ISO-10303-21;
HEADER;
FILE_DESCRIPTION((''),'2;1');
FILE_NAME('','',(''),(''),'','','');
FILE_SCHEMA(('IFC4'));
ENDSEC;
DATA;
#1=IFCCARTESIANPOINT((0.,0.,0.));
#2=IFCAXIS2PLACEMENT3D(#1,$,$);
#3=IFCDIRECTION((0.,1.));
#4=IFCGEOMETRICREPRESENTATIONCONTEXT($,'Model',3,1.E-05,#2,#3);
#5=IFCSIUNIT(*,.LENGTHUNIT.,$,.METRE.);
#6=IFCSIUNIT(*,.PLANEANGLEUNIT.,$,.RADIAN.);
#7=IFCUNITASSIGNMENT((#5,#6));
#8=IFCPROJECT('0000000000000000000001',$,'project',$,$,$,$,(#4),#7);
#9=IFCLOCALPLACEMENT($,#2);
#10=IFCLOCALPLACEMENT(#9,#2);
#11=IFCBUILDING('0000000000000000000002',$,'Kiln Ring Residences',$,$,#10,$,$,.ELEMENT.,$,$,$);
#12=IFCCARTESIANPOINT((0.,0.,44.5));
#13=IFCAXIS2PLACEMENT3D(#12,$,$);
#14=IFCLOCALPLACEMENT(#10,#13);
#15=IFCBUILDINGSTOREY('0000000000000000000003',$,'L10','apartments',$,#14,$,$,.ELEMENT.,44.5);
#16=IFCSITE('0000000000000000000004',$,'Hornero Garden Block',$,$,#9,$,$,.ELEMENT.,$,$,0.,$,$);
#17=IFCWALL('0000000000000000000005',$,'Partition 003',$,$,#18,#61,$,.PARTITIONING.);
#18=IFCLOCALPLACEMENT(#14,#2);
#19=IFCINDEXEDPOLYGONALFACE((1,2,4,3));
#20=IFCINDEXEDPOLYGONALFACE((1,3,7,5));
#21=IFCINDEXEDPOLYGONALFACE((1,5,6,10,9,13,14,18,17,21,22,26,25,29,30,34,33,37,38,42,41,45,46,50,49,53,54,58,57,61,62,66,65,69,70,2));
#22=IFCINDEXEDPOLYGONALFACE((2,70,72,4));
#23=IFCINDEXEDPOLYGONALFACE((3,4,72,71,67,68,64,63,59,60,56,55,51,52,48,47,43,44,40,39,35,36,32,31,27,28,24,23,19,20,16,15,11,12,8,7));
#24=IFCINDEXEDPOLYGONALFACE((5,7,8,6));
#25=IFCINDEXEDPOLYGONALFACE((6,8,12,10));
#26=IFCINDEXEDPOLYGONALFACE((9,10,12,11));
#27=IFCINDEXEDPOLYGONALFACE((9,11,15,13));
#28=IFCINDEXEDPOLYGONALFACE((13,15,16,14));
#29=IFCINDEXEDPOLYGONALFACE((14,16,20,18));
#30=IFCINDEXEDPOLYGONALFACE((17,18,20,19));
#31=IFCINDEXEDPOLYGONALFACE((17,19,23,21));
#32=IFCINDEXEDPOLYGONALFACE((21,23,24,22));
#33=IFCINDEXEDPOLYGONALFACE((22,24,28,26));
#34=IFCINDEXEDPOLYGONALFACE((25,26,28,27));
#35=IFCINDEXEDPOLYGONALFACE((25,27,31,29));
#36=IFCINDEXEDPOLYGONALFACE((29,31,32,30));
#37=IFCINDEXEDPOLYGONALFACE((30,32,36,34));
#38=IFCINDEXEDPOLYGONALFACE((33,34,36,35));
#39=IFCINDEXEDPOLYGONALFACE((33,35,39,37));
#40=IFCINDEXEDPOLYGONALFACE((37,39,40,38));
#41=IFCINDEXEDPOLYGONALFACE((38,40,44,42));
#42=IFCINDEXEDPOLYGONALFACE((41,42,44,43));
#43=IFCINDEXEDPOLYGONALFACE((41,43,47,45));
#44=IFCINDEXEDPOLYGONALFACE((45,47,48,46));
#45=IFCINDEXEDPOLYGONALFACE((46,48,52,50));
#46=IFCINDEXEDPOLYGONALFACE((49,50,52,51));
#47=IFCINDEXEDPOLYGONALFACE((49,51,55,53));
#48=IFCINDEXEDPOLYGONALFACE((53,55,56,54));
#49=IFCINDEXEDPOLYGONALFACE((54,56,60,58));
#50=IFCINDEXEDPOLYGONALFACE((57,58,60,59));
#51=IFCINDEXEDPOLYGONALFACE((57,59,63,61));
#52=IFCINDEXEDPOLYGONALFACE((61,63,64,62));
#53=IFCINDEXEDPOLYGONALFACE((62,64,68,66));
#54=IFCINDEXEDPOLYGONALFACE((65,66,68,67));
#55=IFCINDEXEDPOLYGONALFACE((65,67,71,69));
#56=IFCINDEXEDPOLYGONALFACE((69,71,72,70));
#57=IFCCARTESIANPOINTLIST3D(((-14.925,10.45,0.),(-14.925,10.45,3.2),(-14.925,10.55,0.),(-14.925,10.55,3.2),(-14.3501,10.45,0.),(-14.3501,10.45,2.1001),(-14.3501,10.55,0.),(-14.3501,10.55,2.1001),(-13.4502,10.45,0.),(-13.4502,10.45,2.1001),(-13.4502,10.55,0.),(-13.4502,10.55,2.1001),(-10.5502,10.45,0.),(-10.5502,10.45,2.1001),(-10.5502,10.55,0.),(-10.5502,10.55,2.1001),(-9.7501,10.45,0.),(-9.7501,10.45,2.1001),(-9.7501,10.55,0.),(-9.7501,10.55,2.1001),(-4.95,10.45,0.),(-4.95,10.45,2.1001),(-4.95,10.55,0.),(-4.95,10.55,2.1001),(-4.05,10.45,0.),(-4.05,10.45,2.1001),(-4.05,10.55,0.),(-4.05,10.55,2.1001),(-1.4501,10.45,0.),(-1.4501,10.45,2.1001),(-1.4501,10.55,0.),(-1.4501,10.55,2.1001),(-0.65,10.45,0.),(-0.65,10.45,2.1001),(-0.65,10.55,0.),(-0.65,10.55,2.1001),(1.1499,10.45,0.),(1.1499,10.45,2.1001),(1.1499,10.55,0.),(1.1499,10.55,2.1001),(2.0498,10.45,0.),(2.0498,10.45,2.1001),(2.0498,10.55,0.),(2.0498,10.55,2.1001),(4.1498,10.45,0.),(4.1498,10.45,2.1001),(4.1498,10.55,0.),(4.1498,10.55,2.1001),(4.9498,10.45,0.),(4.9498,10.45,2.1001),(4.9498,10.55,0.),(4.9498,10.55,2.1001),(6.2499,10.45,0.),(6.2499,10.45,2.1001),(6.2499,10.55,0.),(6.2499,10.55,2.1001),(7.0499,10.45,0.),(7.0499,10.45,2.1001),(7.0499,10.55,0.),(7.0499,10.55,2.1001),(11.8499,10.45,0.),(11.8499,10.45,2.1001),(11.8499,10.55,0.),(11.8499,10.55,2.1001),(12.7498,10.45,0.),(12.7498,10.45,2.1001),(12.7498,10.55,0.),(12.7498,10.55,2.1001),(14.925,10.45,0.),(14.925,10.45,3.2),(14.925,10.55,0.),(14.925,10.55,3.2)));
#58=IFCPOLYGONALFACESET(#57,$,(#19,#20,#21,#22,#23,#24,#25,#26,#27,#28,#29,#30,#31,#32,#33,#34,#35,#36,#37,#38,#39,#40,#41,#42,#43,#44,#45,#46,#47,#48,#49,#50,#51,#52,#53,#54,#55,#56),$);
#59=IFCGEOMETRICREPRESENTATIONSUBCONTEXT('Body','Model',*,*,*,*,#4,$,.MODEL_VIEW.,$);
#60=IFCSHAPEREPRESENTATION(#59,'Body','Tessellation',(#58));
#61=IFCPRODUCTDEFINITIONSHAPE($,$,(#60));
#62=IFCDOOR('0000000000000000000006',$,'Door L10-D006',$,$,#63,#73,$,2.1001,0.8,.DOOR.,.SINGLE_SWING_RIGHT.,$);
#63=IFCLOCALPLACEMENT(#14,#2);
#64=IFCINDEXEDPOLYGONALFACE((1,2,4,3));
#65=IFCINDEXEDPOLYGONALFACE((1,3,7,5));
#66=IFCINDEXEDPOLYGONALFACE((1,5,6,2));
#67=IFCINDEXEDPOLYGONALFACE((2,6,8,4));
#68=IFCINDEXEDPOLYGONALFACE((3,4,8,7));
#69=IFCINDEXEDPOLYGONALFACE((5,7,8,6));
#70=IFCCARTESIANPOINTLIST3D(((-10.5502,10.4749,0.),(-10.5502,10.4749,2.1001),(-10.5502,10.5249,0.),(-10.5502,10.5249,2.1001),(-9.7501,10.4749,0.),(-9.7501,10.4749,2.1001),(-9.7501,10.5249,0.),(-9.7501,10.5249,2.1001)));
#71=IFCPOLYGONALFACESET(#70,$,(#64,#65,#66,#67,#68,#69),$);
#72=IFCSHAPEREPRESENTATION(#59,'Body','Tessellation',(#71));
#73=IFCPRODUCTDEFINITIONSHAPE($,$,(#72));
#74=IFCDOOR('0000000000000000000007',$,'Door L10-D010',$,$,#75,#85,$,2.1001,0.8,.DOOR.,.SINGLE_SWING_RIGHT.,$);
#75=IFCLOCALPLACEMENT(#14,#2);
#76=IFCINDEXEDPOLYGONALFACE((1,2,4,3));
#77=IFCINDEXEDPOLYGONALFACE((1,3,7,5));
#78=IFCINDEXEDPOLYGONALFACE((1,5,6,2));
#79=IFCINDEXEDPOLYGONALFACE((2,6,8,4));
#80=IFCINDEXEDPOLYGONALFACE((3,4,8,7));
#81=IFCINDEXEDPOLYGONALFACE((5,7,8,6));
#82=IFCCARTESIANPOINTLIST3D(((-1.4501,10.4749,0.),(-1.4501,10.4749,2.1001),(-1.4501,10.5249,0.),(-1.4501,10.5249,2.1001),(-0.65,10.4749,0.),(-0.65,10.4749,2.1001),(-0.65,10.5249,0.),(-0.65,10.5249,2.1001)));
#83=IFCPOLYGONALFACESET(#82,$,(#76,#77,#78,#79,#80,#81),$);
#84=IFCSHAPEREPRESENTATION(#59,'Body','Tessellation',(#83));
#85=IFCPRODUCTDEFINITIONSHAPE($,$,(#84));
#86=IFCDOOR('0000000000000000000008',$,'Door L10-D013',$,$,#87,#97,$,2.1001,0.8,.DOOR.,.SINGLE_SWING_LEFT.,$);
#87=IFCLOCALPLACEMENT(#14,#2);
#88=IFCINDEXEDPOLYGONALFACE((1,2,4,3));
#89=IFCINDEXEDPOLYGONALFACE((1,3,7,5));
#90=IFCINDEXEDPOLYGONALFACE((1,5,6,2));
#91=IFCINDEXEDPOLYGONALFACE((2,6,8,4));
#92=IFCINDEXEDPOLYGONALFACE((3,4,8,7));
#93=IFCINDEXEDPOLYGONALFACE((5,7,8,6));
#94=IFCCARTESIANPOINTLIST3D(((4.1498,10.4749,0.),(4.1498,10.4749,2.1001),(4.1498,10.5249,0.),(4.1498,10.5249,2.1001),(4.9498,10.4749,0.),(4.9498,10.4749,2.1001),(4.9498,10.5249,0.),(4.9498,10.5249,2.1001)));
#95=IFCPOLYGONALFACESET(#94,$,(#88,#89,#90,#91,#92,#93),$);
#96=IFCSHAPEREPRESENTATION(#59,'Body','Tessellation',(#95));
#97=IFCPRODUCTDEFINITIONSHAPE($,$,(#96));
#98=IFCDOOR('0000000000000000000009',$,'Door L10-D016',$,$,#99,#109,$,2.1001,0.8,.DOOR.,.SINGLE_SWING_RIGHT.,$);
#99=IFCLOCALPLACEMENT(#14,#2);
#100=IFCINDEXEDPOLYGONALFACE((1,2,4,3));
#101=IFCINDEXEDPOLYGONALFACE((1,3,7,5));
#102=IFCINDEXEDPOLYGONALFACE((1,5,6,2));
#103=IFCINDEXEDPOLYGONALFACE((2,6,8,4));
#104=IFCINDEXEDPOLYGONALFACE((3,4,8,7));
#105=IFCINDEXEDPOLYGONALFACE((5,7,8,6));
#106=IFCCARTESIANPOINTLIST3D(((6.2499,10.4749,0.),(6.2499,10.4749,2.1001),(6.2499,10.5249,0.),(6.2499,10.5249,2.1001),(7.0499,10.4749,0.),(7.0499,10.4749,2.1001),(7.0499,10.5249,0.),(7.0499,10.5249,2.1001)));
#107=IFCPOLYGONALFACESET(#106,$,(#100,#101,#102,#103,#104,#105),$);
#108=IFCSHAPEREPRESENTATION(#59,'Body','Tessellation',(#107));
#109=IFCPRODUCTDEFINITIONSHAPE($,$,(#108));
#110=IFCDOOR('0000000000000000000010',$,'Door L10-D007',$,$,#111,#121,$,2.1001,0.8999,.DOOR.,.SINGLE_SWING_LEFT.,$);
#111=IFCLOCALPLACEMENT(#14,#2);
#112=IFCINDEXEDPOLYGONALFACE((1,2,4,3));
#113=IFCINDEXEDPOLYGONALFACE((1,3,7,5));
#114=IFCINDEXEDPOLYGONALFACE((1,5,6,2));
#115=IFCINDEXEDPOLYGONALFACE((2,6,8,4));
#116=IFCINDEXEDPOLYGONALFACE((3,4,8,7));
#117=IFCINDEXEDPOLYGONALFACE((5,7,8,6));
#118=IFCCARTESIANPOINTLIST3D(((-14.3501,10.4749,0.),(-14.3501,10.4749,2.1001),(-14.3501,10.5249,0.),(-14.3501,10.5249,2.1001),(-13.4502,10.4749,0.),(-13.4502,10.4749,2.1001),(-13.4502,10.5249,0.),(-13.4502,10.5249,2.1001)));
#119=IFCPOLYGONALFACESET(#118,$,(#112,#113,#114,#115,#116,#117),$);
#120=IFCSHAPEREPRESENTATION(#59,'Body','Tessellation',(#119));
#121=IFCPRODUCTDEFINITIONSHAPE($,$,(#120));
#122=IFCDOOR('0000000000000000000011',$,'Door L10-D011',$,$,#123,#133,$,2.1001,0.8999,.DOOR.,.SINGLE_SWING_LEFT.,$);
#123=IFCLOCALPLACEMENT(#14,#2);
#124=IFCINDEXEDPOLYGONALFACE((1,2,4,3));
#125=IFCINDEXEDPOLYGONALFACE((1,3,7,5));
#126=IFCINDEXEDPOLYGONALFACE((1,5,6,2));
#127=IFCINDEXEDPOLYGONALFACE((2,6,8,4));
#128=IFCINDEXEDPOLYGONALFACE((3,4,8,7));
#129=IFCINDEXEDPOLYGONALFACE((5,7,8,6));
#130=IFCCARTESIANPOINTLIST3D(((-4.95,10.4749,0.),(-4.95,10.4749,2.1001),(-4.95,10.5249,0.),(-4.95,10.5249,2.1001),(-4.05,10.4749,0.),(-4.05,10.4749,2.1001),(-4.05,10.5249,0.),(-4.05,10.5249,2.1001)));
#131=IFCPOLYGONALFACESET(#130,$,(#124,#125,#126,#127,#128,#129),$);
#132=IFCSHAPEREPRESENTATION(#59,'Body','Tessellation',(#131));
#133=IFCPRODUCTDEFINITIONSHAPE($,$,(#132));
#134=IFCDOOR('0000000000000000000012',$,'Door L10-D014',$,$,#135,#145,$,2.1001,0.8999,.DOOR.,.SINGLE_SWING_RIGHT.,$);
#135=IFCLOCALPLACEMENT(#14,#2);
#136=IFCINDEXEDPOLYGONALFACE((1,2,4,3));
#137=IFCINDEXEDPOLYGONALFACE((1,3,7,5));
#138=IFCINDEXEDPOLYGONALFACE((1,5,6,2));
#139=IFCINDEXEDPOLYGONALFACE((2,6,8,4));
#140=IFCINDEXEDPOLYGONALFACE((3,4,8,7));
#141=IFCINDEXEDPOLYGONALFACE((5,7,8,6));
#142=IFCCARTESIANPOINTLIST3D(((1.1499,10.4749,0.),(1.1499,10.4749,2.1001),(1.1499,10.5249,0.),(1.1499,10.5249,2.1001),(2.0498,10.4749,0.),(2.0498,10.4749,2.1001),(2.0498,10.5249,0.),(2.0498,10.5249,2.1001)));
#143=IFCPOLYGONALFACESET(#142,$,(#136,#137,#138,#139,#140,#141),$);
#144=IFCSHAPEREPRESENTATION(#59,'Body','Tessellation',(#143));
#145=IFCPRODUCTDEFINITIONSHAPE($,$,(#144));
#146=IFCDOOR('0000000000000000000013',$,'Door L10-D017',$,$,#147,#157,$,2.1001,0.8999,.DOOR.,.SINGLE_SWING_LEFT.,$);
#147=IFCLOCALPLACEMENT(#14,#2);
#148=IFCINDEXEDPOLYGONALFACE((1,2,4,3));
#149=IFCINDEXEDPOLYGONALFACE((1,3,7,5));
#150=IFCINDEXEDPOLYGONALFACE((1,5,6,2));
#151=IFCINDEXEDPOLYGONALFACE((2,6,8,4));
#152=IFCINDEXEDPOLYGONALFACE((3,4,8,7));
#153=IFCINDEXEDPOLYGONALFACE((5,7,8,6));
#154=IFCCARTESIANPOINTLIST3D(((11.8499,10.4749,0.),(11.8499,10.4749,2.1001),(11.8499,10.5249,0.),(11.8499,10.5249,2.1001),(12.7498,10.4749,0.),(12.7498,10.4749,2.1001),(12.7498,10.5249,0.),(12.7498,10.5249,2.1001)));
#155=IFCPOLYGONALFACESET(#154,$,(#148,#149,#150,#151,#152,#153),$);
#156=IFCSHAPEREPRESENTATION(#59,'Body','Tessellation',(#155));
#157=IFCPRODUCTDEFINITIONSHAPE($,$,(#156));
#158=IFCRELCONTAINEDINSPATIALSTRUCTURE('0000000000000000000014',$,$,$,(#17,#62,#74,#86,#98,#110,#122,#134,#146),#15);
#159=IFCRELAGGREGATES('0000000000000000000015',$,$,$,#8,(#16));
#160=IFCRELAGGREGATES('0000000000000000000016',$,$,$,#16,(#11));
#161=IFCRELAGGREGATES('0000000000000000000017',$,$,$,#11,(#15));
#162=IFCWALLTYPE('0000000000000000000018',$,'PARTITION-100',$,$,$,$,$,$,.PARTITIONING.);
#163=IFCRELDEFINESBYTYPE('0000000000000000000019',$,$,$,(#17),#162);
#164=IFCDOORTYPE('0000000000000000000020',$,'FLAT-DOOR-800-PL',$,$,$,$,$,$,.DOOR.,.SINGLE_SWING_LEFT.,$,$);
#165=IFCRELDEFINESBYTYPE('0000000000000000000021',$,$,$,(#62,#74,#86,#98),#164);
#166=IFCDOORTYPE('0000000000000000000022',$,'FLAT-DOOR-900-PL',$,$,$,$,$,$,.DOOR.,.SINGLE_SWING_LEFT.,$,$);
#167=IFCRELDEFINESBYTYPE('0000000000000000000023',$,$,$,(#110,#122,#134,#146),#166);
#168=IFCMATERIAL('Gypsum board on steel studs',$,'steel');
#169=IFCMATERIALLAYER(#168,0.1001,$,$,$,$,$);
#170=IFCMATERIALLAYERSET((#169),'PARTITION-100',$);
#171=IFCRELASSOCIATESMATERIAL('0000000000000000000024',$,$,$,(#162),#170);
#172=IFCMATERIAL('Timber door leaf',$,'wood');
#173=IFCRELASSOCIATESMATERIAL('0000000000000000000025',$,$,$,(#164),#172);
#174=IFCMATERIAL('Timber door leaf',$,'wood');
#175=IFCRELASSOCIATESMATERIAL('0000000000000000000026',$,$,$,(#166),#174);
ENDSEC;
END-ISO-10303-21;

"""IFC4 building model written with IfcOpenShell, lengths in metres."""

from ifc_helpers import new_model, si_unit, direction, frame, frame_2d, origin, place, context, subcontext, project, spatial, rectangle, extrude, material, layer, layer_set, type_object, element, fill, save


model = new_model("IFC4")

# Units and contexts
model_context = context("Model", 3, precision=1e-05, world=origin(), true_north=direction((0.0, 1.0)))
body_context = subcontext(model_context, "Body", "Model", "MODEL_VIEW")
ifc_project = project(units=[si_unit("LENGTHUNIT", "METRE"), si_unit("PLANEANGLEUNIT", "RADIAN")], contexts=[model_context])

# Site, building, storey
site_placement = place(None, origin())
site = spatial("IfcSite", under=ifc_project, at=site_placement, Name="Hornero Garden Block", CompositionType="ELEMENT", RefElevation=0.0)
building_placement = place(site_placement, origin())
building = spatial("IfcBuilding", under=site, at=building_placement, Name="Kiln Ring Residences", CompositionType="ELEMENT")
storey_placement = place(building_placement, frame((0.0, 0.0, 44.5)))
storey = spatial("IfcBuildingStorey", under=building, at=storey_placement, Name="L10", Description="apartments", CompositionType="ELEMENT", Elevation=44.5)

# Wall, openings, doors
ifc_material_1 = material(Name="Gypsum board on steel studs", Category="steel")
ifc_layer_1 = layer(ifc_material_1, 0.1001)
ifc_layer_set_1 = layer_set([ifc_layer_1], Name="PARTITION-100")
wall_type_1 = type_object("IfcWallType", Name="PARTITION-100", PredefinedType="PARTITIONING", material=ifc_layer_set_1)
wall_1_placement = place(storey_placement, frame((-14.925, 10.5, 0.0), z_axis=(0.0, 0.0, 1.0), x_axis=(1.0, 0.0, 0.0)))
wall_1 = element("IfcWall", 1, at=wall_1_placement, inside=storey, type_object=wall_type_1, Name="Partition 003", PredefinedType="PARTITIONING", context=body_context, shape_type="SweptSolid", body=[
    extrude(rectangle(XDim=29.8501, YDim=0.1001, at=frame_2d((14.925, 0.0))), origin(), (0.0, 0.0, 1.0), 3.2),
])
opening_1_placement = place(wall_1_placement, frame((4.375, 0.0, 0.0)))
opening_1 = element("IfcOpeningElement", 2, at=opening_1_placement, cuts=wall_1, PredefinedType="OPENING", context=body_context, shape_type="SweptSolid", body=[
    extrude(rectangle(XDim=0.8, YDim=2.1001, at=frame_2d((0.3999, 1.05))), frame((0.0, 0.0601, 0.0), z_axis=(0.0, -1.0, 0.0), x_axis=(1.0, 0.0, 0.0)), (0.0, 0.0, 1.0), 0.1201),
])
opening_2_placement = place(wall_1_placement, frame((0.575, 0.0, 0.0)))
opening_2 = element("IfcOpeningElement", 3, at=opening_2_placement, cuts=wall_1, PredefinedType="OPENING", context=body_context, shape_type="SweptSolid", body=[
    extrude(rectangle(XDim=0.8999, YDim=2.1001, at=frame_2d((0.45, 1.05))), frame((0.0, 0.0601, 0.0), z_axis=(0.0, -1.0, 0.0), x_axis=(1.0, 0.0, 0.0)), (0.0, 0.0, 1.0), 0.1201),
])
opening_3_placement = place(wall_1_placement, frame((13.4751, 0.0, 0.0)))
opening_3 = element("IfcOpeningElement", 4, at=opening_3_placement, cuts=wall_1, PredefinedType="OPENING", context=body_context, shape_type="SweptSolid", body=[
    extrude(rectangle(XDim=0.8, YDim=2.1001, at=frame_2d((0.3999, 1.05))), frame((0.0, 0.0601, 0.0), z_axis=(0.0, -1.0, 0.0), x_axis=(1.0, 0.0, 0.0)), (0.0, 0.0, 1.0), 0.1201),
])
opening_4_placement = place(wall_1_placement, frame((9.9751, 0.0, 0.0)))
opening_4 = element("IfcOpeningElement", 5, at=opening_4_placement, cuts=wall_1, PredefinedType="OPENING", context=body_context, shape_type="SweptSolid", body=[
    extrude(rectangle(XDim=0.8999, YDim=2.1001, at=frame_2d((0.45, 1.05))), frame((0.0, 0.0601, 0.0), z_axis=(0.0, -1.0, 0.0), x_axis=(1.0, 0.0, 0.0)), (0.0, 0.0, 1.0), 0.1201),
])
opening_5_placement = place(wall_1_placement, frame((19.075, 0.0, 0.0)))
opening_5 = element("IfcOpeningElement", 6, at=opening_5_placement, cuts=wall_1, PredefinedType="OPENING", context=body_context, shape_type="SweptSolid", body=[
    extrude(rectangle(XDim=0.8, YDim=2.1001, at=frame_2d((0.3999, 1.05))), frame((0.0, 0.0601, 0.0), z_axis=(0.0, -1.0, 0.0), x_axis=(1.0, 0.0, 0.0)), (0.0, 0.0, 1.0), 0.1201),
])
opening_6_placement = place(wall_1_placement, frame((16.075, 0.0, 0.0)))
opening_6 = element("IfcOpeningElement", 7, at=opening_6_placement, cuts=wall_1, PredefinedType="OPENING", context=body_context, shape_type="SweptSolid", body=[
    extrude(rectangle(XDim=0.8999, YDim=2.1001, at=frame_2d((0.45, 1.05))), frame((0.0, 0.0601, 0.0), z_axis=(0.0, -1.0, 0.0), x_axis=(1.0, 0.0, 0.0)), (0.0, 0.0, 1.0), 0.1201),
])
opening_7_placement = place(wall_1_placement, frame((21.175, 0.0, 0.0)))
opening_7 = element("IfcOpeningElement", 8, at=opening_7_placement, cuts=wall_1, PredefinedType="OPENING", context=body_context, shape_type="SweptSolid", body=[
    extrude(rectangle(XDim=0.8, YDim=2.1001, at=frame_2d((0.3999, 1.05))), frame((0.0, 0.0601, 0.0), z_axis=(0.0, -1.0, 0.0), x_axis=(1.0, 0.0, 0.0)), (0.0, 0.0, 1.0), 0.1201),
])
opening_8_placement = place(wall_1_placement, frame((26.7749, 0.0, 0.0)))
opening_8 = element("IfcOpeningElement", 9, at=opening_8_placement, cuts=wall_1, PredefinedType="OPENING", context=body_context, shape_type="SweptSolid", body=[
    extrude(rectangle(XDim=0.8999, YDim=2.1001, at=frame_2d((0.45, 1.05))), frame((0.0, 0.0601, 0.0), z_axis=(0.0, -1.0, 0.0), x_axis=(1.0, 0.0, 0.0)), (0.0, 0.0, 1.0), 0.1201),
])
ifc_material_2 = material(Name="Timber door leaf", Category="wood")
door_type_1 = type_object("IfcDoorType", Name="FLAT-DOOR-800-PL", OperationType="SINGLE_SWING_LEFT", PredefinedType="DOOR", material=ifc_material_2)
door_1_placement = place(opening_1_placement, origin())
door_1 = element("IfcDoor", 10, at=door_1_placement, inside=storey, type_object=door_type_1, Name="Door L10-D006", OperationType="SINGLE_SWING_RIGHT", OverallHeight=2.1001, OverallWidth=0.8, PredefinedType="DOOR", context=body_context, shape_type="SweptSolid", body=[
    extrude(rectangle(XDim=0.8, YDim=2.1001, at=frame_2d((0.3999, 1.05))), frame((0.0, 0.0249, 0.0), z_axis=(0.0, -1.0, 0.0), x_axis=(1.0, 0.0, 0.0)), (0.0, 0.0, 1.0), 0.05),
])
fill(opening_1, door_1)
door_2_placement = place(opening_3_placement, origin())
door_2 = element("IfcDoor", 11, at=door_2_placement, inside=storey, type_object=door_type_1, Name="Door L10-D010", OperationType="SINGLE_SWING_RIGHT", OverallHeight=2.1001, OverallWidth=0.8, PredefinedType="DOOR", context=body_context, shape_type="SweptSolid", body=[
    extrude(rectangle(XDim=0.8, YDim=2.1001, at=frame_2d((0.3999, 1.05))), frame((0.0, 0.0249, 0.0), z_axis=(0.0, -1.0, 0.0), x_axis=(1.0, 0.0, 0.0)), (0.0, 0.0, 1.0), 0.05),
])
fill(opening_3, door_2)
door_3_placement = place(opening_5_placement, origin())
door_3 = element("IfcDoor", 12, at=door_3_placement, inside=storey, type_object=door_type_1, Name="Door L10-D013", OperationType="SINGLE_SWING_LEFT", OverallHeight=2.1001, OverallWidth=0.8, PredefinedType="DOOR", context=body_context, shape_type="SweptSolid", body=[
    extrude(rectangle(XDim=0.8, YDim=2.1001, at=frame_2d((0.3999, 1.05))), frame((0.0, 0.0249, 0.0), z_axis=(0.0, -1.0, 0.0), x_axis=(1.0, 0.0, 0.0)), (0.0, 0.0, 1.0), 0.05),
])
fill(opening_5, door_3)
door_4_placement = place(opening_7_placement, origin())
door_4 = element("IfcDoor", 13, at=door_4_placement, inside=storey, type_object=door_type_1, Name="Door L10-D016", OperationType="SINGLE_SWING_RIGHT", OverallHeight=2.1001, OverallWidth=0.8, PredefinedType="DOOR", context=body_context, shape_type="SweptSolid", body=[
    extrude(rectangle(XDim=0.8, YDim=2.1001, at=frame_2d((0.3999, 1.05))), frame((0.0, 0.0249, 0.0), z_axis=(0.0, -1.0, 0.0), x_axis=(1.0, 0.0, 0.0)), (0.0, 0.0, 1.0), 0.05),
])
fill(opening_7, door_4)
ifc_material_3 = material(Name="Timber door leaf", Category="wood")
door_type_2 = type_object("IfcDoorType", Name="FLAT-DOOR-900-PL", OperationType="SINGLE_SWING_LEFT", PredefinedType="DOOR", material=ifc_material_3)
door_5_placement = place(opening_2_placement, origin())
door_5 = element("IfcDoor", 14, at=door_5_placement, inside=storey, type_object=door_type_2, Name="Door L10-D007", OperationType="SINGLE_SWING_LEFT", OverallHeight=2.1001, OverallWidth=0.8999, PredefinedType="DOOR", context=body_context, shape_type="SweptSolid", body=[
    extrude(rectangle(XDim=0.8999, YDim=2.1001, at=frame_2d((0.45, 1.05))), frame((0.0, 0.0249, 0.0), z_axis=(0.0, -1.0, 0.0), x_axis=(1.0, 0.0, 0.0)), (0.0, 0.0, 1.0), 0.05),
])
fill(opening_2, door_5)
door_6_placement = place(opening_4_placement, origin())
door_6 = element("IfcDoor", 15, at=door_6_placement, inside=storey, type_object=door_type_2, Name="Door L10-D011", OperationType="SINGLE_SWING_LEFT", OverallHeight=2.1001, OverallWidth=0.8999, PredefinedType="DOOR", context=body_context, shape_type="SweptSolid", body=[
    extrude(rectangle(XDim=0.8999, YDim=2.1001, at=frame_2d((0.45, 1.05))), frame((0.0, 0.0249, 0.0), z_axis=(0.0, -1.0, 0.0), x_axis=(1.0, 0.0, 0.0)), (0.0, 0.0, 1.0), 0.05),
])
fill(opening_4, door_6)
door_7_placement = place(opening_6_placement, origin())
door_7 = element("IfcDoor", 16, at=door_7_placement, inside=storey, type_object=door_type_2, Name="Door L10-D014", OperationType="SINGLE_SWING_RIGHT", OverallHeight=2.1001, OverallWidth=0.8999, PredefinedType="DOOR", context=body_context, shape_type="SweptSolid", body=[
    extrude(rectangle(XDim=0.8999, YDim=2.1001, at=frame_2d((0.45, 1.05))), frame((0.0, 0.0249, 0.0), z_axis=(0.0, -1.0, 0.0), x_axis=(1.0, 0.0, 0.0)), (0.0, 0.0, 1.0), 0.05),
])
fill(opening_6, door_7)
door_8_placement = place(opening_8_placement, origin())
door_8 = element("IfcDoor", 17, at=door_8_placement, inside=storey, type_object=door_type_2, Name="Door L10-D017", OperationType="SINGLE_SWING_LEFT", OverallHeight=2.1001, OverallWidth=0.8999, PredefinedType="DOOR", context=body_context, shape_type="SweptSolid", body=[
    extrude(rectangle(XDim=0.8999, YDim=2.1001, at=frame_2d((0.45, 1.05))), frame((0.0, 0.0249, 0.0), z_axis=(0.0, -1.0, 0.0), x_axis=(1.0, 0.0, 0.0)), (0.0, 0.0, 1.0), 0.05),
])
fill(opening_8, door_8)

save(model, "model.ifc")
